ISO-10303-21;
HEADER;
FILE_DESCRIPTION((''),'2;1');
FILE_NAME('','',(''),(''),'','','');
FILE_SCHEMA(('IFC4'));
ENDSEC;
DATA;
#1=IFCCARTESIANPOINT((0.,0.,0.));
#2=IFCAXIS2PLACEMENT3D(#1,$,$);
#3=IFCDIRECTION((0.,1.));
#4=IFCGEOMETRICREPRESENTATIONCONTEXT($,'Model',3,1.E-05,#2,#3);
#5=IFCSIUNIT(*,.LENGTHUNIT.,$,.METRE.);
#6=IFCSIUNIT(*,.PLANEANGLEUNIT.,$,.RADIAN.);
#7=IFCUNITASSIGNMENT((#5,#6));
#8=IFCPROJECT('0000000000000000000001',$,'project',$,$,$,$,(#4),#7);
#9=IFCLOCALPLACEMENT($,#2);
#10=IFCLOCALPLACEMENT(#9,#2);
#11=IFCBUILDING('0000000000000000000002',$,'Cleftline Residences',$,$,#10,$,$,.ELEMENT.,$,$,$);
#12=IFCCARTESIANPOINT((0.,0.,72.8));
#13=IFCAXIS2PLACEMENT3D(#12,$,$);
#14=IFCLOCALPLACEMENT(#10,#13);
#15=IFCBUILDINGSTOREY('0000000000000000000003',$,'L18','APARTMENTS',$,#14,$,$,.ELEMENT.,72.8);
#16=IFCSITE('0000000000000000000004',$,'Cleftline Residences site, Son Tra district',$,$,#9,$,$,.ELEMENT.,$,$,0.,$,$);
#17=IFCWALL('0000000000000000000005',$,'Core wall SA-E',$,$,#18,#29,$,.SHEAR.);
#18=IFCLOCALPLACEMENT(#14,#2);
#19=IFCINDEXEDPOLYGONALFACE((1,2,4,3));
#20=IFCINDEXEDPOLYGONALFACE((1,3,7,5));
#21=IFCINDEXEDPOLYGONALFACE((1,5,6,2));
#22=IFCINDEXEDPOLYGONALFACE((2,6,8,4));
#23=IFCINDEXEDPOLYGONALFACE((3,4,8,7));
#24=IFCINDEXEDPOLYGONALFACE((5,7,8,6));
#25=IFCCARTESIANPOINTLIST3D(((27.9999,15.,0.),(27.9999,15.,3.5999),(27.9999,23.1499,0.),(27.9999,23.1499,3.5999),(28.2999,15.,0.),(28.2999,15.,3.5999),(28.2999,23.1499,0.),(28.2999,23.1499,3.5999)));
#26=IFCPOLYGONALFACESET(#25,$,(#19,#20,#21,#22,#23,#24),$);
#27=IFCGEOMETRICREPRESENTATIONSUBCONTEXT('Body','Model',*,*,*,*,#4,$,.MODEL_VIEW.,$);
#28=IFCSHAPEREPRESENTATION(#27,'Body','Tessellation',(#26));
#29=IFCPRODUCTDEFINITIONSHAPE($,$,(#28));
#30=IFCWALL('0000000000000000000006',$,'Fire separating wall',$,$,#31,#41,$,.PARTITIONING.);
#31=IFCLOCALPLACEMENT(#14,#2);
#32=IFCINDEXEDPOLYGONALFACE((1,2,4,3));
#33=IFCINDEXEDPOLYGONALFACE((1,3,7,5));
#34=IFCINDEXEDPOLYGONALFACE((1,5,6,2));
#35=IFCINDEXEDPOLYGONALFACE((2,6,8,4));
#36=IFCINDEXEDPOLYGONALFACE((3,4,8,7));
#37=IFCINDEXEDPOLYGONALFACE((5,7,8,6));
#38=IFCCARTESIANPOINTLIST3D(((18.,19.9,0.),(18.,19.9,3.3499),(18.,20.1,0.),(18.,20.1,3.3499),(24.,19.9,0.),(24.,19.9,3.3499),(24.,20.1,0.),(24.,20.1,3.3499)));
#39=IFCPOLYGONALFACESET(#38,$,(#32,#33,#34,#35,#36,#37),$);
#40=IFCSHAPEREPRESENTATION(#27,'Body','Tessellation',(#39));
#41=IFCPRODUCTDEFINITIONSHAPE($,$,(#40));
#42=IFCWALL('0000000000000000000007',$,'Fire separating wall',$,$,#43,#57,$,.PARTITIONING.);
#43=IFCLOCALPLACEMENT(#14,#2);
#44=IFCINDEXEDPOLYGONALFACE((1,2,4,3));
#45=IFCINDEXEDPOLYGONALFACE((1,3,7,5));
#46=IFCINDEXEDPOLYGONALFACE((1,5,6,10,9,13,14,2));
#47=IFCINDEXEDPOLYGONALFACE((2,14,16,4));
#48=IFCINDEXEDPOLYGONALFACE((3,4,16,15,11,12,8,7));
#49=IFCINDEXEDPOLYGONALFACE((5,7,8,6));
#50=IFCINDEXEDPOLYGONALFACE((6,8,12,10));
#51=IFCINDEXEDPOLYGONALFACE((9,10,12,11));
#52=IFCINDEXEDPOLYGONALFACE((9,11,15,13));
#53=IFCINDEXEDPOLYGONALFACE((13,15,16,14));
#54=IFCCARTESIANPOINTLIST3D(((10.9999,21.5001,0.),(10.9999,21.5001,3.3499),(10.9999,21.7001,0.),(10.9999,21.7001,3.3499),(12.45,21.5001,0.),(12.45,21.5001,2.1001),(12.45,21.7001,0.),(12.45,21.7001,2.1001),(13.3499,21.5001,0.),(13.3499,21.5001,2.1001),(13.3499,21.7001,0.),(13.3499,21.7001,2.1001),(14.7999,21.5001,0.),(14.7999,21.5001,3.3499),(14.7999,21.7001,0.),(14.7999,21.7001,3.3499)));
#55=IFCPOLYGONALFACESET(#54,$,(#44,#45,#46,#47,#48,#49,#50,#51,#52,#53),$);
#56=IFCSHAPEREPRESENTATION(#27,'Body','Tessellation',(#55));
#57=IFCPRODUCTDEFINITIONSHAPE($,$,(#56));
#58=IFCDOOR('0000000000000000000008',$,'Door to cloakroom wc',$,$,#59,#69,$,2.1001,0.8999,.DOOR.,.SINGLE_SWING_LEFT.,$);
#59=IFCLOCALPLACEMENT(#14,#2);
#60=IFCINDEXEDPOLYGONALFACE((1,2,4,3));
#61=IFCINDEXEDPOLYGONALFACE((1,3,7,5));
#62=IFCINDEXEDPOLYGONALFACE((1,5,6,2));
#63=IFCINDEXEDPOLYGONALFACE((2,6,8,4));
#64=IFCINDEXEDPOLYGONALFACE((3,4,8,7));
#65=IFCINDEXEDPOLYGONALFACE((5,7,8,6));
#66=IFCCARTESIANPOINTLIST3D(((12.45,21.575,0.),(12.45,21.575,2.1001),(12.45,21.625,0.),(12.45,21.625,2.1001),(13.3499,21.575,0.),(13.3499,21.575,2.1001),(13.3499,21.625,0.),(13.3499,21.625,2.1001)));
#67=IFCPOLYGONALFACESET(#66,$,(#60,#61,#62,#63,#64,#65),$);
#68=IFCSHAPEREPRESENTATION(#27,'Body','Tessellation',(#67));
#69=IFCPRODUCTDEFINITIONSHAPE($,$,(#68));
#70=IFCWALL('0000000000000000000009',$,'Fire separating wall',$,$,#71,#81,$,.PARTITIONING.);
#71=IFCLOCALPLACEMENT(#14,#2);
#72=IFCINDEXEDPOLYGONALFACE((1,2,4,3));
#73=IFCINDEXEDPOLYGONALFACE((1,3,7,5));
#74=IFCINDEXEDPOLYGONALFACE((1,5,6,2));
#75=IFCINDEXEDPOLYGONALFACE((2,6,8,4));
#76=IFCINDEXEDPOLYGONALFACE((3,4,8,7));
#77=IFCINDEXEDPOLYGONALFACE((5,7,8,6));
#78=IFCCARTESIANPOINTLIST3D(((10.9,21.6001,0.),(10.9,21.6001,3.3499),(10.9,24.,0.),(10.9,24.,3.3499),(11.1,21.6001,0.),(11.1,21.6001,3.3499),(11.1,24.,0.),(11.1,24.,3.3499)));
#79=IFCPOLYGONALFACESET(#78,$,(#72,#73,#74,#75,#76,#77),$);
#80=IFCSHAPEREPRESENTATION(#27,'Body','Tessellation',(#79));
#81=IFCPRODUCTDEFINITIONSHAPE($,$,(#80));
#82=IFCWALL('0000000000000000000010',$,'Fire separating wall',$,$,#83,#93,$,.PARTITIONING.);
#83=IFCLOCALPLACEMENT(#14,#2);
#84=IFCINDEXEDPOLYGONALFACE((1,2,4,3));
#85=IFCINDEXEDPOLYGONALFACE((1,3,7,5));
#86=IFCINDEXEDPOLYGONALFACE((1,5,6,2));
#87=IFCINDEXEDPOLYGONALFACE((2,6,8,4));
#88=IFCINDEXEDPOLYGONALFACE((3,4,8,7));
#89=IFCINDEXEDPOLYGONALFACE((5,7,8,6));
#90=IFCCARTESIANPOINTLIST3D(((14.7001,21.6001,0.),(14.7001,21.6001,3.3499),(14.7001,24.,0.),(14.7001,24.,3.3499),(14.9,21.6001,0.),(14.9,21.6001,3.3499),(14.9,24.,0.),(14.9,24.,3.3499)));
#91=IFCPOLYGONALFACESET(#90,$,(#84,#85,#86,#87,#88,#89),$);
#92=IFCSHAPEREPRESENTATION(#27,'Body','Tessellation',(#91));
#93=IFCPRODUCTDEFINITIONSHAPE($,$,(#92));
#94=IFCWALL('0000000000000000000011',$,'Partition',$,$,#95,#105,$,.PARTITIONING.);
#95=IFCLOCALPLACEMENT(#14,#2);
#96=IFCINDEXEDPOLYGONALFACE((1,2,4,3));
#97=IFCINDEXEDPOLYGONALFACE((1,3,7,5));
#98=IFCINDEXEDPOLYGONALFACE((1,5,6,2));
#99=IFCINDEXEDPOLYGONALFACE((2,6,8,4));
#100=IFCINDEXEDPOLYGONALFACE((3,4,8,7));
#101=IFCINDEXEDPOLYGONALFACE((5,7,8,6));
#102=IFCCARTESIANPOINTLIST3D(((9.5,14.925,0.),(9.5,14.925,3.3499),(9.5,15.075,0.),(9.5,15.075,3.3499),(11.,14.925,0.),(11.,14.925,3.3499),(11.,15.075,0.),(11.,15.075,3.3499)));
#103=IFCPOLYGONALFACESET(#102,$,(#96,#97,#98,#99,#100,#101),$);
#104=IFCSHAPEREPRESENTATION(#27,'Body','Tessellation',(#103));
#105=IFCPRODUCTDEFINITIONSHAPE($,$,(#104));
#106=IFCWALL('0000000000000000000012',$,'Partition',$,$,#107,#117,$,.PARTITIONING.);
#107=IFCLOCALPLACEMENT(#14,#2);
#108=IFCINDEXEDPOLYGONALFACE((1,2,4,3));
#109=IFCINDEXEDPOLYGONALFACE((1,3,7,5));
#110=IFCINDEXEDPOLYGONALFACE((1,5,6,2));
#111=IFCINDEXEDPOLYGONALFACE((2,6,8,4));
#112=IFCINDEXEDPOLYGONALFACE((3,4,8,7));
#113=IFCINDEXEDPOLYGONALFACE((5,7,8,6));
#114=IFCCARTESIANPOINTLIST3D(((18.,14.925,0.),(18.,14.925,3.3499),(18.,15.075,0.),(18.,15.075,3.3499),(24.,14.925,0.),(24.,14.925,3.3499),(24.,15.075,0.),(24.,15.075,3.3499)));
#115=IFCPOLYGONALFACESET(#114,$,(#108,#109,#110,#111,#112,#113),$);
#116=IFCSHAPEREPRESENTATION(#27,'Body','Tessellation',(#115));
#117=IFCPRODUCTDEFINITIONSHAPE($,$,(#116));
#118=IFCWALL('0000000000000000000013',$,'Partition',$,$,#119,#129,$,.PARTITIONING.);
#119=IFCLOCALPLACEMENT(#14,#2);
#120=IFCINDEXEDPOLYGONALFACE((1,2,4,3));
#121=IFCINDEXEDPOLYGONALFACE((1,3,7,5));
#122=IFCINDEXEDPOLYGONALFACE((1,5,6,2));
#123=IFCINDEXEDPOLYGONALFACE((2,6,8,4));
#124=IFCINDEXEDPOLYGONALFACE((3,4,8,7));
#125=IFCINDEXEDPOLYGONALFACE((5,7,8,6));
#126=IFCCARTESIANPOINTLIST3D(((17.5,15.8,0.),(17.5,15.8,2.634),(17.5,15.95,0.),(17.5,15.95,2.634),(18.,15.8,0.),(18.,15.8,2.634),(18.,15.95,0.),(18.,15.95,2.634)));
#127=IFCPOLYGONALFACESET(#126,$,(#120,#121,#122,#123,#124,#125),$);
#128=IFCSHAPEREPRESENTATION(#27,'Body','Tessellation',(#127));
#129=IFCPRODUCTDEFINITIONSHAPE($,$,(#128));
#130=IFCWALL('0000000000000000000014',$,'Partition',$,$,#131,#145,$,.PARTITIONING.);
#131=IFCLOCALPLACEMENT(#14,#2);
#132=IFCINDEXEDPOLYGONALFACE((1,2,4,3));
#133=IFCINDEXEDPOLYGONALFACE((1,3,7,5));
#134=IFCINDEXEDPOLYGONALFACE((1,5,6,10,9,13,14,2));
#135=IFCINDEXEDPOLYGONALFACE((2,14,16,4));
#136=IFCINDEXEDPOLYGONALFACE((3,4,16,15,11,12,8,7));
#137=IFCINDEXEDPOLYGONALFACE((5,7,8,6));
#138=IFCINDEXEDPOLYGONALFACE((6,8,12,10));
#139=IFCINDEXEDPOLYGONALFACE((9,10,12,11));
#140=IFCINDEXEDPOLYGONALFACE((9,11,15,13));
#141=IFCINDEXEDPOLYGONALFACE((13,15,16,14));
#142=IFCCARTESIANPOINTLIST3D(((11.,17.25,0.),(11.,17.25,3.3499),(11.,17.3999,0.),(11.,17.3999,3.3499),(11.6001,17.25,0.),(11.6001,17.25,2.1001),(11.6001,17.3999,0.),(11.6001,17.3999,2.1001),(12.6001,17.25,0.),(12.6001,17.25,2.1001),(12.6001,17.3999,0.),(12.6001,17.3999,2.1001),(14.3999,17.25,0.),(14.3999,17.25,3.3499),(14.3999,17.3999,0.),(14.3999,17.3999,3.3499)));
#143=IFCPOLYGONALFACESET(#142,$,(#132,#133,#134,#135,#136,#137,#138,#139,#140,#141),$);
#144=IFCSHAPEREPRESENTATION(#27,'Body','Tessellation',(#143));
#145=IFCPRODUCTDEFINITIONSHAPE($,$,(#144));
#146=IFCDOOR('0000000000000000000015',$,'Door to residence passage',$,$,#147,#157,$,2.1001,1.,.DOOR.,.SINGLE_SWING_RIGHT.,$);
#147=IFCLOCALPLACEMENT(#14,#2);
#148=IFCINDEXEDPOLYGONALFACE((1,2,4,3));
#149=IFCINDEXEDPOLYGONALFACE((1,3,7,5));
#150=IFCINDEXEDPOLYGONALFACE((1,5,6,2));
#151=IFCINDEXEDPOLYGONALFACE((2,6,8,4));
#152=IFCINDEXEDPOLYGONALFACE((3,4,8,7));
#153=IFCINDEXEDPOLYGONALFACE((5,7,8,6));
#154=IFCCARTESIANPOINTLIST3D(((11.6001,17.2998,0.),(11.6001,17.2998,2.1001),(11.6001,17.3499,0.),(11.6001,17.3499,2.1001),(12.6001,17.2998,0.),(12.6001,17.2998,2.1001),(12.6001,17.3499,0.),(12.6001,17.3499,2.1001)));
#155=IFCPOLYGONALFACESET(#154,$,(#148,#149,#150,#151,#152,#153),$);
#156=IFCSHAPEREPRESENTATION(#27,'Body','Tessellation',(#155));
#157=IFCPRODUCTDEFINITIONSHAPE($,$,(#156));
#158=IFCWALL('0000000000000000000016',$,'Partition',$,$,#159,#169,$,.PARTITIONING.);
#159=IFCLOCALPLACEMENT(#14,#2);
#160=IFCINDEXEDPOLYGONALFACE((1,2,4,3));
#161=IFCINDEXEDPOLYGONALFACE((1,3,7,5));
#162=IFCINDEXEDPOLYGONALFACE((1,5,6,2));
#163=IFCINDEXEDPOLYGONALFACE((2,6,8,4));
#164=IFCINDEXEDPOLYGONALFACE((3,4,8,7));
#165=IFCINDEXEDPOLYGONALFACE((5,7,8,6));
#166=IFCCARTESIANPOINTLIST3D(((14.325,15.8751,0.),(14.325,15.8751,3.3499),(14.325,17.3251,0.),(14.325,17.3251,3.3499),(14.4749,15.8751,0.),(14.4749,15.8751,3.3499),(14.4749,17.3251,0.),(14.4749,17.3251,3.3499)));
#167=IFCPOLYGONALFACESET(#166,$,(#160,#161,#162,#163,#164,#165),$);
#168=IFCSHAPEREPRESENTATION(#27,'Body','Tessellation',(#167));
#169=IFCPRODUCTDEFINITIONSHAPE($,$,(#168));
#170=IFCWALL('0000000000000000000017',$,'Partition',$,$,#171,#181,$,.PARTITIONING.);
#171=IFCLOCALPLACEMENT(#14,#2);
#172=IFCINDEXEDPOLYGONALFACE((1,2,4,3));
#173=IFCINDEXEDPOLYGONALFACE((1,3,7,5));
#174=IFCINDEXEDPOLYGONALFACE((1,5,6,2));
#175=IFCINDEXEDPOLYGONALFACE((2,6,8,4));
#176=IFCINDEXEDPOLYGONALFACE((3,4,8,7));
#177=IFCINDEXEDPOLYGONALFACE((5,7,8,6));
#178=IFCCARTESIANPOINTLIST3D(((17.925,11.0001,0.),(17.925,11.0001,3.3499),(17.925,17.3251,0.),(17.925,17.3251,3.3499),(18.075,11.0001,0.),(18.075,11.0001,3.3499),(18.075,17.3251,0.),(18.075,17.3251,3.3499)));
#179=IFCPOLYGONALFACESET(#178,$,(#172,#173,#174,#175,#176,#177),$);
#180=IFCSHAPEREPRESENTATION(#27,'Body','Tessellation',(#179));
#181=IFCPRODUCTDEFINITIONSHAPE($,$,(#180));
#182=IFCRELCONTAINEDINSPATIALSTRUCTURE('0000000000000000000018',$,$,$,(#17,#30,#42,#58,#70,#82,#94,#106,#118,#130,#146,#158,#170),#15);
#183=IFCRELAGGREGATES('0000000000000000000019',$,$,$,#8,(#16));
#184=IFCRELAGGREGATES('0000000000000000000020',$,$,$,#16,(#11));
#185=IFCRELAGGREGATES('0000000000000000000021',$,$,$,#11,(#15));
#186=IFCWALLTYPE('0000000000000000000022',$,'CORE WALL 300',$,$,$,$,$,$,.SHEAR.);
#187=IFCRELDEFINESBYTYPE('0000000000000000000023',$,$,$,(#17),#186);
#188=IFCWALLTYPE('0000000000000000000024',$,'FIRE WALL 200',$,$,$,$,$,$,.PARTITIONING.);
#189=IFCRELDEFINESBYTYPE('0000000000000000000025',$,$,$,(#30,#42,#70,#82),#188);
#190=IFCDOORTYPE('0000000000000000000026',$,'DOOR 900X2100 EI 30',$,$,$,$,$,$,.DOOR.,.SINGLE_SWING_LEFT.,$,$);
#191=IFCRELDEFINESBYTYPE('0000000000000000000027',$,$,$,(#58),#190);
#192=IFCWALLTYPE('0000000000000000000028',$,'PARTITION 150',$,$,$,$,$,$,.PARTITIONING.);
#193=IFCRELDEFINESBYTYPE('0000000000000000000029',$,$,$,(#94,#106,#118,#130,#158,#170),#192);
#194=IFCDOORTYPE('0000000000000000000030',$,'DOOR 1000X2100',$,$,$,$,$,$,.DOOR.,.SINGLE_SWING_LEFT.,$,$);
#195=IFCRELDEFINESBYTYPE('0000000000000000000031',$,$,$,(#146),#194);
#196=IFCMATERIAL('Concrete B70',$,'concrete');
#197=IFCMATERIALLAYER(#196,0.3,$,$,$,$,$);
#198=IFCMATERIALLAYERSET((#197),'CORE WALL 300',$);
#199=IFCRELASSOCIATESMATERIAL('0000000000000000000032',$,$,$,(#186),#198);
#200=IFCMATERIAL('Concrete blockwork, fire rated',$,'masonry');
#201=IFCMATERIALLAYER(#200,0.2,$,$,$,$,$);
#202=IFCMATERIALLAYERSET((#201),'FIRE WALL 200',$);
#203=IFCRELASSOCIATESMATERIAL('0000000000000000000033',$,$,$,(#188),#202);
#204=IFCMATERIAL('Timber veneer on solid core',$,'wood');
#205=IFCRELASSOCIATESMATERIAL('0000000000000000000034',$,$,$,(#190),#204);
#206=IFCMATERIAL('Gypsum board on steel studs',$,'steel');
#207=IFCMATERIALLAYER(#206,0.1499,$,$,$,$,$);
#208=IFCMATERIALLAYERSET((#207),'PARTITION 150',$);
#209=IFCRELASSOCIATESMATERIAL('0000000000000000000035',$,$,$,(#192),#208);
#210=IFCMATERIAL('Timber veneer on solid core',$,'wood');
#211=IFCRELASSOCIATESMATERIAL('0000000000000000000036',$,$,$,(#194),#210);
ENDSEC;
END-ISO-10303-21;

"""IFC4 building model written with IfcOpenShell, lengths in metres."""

from ifc_helpers import new_model, si_unit, direction, frame, frame_2d, origin, place, context, subcontext, project, spatial, rectangle, extrude, material, layer, layer_set, type_object, element, fill, save


model = new_model("IFC4")

# Units and contexts
model_context = context("Model", 3, precision=1e-05, world=origin(), true_north=direction((0.0, 1.0)))
body_context = subcontext(model_context, "Body", "Model", "MODEL_VIEW")
ifc_project = project(units=[si_unit("LENGTHUNIT", "METRE"), si_unit("PLANEANGLEUNIT", "RADIAN")], contexts=[model_context])

# Site, building, storey
site_placement = place(None, origin())
site = spatial("IfcSite", under=ifc_project, at=site_placement, Name="Cleftline Residences site, Son Tra district", CompositionType="ELEMENT", RefElevation=0.0)
building_placement = place(site_placement, origin())
building = spatial("IfcBuilding", under=site, at=building_placement, Name="Cleftline Residences", CompositionType="ELEMENT")
storey_placement = place(building_placement, frame((0.0, 0.0, 72.8)))
storey = spatial("IfcBuildingStorey", under=building, at=storey_placement, Name="L18", Description="APARTMENTS", CompositionType="ELEMENT", Elevation=72.8)

# Walls
ifc_material_1 = material(Name="Concrete B70", Category="concrete")
ifc_layer_1 = layer(ifc_material_1, 0.3)
ifc_layer_set_1 = layer_set([ifc_layer_1], Name="CORE WALL 300")
wall_type_1 = type_object("IfcWallType", Name="CORE WALL 300", PredefinedType="SHEAR", material=ifc_layer_set_1)
wall_1_placement = place(storey_placement, frame((28.1499, 15.0, 0.0), z_axis=(0.0, 0.0, 1.0), x_axis=(0.0, 1.0, 0.0)))
element("IfcWall", 1, at=wall_1_placement, inside=storey, type_object=wall_type_1, Name="Core wall SA-E", PredefinedType="SHEAR", context=body_context, shape_type="SweptSolid", body=[
    extrude(rectangle(XDim=8.1499, YDim=0.3, at=frame_2d((4.075, 0.0))), origin(), (0.0, 0.0, 1.0), 3.5999),
])
ifc_material_2 = material(Name="Concrete blockwork, fire rated", Category="masonry")
ifc_layer_2 = layer(ifc_material_2, 0.2)
ifc_layer_set_2 = layer_set([ifc_layer_2], Name="FIRE WALL 200")
wall_type_2 = type_object("IfcWallType", Name="FIRE WALL 200", PredefinedType="PARTITIONING", material=ifc_layer_set_2)
wall_2_placement = place(storey_placement, frame((18.0, 20.0, 0.0), z_axis=(0.0, 0.0, 1.0), x_axis=(1.0, 0.0, 0.0)))
element("IfcWall", 2, at=wall_2_placement, inside=storey, type_object=wall_type_2, Name="Fire separating wall", PredefinedType="PARTITIONING", context=body_context, shape_type="SweptSolid", body=[
    extrude(rectangle(XDim=6.0, YDim=0.2, at=frame_2d((3.0, 0.0))), origin(), (0.0, 0.0, 1.0), 3.3499),
])

# Wall, opening, door
wall_3_placement = place(storey_placement, frame((11.0, 21.6001, 0.0), z_axis=(0.0, 0.0, 1.0), x_axis=(1.0, 0.0, 0.0)))
wall_3 = element("IfcWall", 3, at=wall_3_placement, inside=storey, type_object=wall_type_2, Name="Fire separating wall", PredefinedType="PARTITIONING", context=body_context, shape_type="SweptSolid", body=[
    extrude(rectangle(XDim=3.8, YDim=0.2, at=frame_2d((1.8999, 0.0))), origin(), (0.0, 0.0, 1.0), 3.3499),
])
opening_1_placement = place(wall_3_placement, frame((1.45, 0.0, 0.0)))
opening_1 = element("IfcOpeningElement", 4, at=opening_1_placement, cuts=wall_3, PredefinedType="OPENING", context=body_context, shape_type="SweptSolid", body=[
    extrude(rectangle(XDim=0.8999, YDim=2.1001, at=frame_2d((0.45, 1.05))), frame((0.0, 0.1099, 0.0), z_axis=(0.0, -1.0, 0.0), x_axis=(1.0, 0.0, 0.0)), (0.0, 0.0, 1.0), 0.22),
])
ifc_material_3 = material(Name="Timber veneer on solid core", Category="wood")
door_type_1 = type_object("IfcDoorType", Name="DOOR 900X2100 EI 30", OperationType="SINGLE_SWING_LEFT", PredefinedType="DOOR", material=ifc_material_3)
door_1_placement = place(opening_1_placement, origin())
door_1 = element("IfcDoor", 5, at=door_1_placement, inside=storey, type_object=door_type_1, Name="Door to cloakroom wc", OperationType="SINGLE_SWING_LEFT", OverallHeight=2.1001, OverallWidth=0.8999, PredefinedType="DOOR", context=body_context, shape_type="SweptSolid", body=[
    extrude(rectangle(XDim=0.8999, YDim=2.1001, at=frame_2d((0.45, 1.05))), frame((0.0, 0.0249, 0.0), z_axis=(0.0, -1.0, 0.0), x_axis=(1.0, 0.0, 0.0)), (0.0, 0.0, 1.0), 0.05),
])
fill(opening_1, door_1)

# Walls
for number, where, z_axis, x_axis, name in (
    (6, (11.0, 21.6001, 0.0), (0.0, 0.0, 1.0), (0.0, 1.0, 0.0), "Fire separating wall"),
    (7, (14.8, 21.6001, 0.0), (0.0, 0.0, 1.0), (0.0, 1.0, 0.0), "Fire separating wall"),
):
    element("IfcWall", number, at=place(storey_placement, frame(where, z_axis=z_axis, x_axis=x_axis)), inside=storey, type_object=wall_type_2, Name=name, PredefinedType="PARTITIONING", context=body_context, shape_type="SweptSolid", body=[
        extrude(rectangle(XDim=2.3999, YDim=0.2, at=frame_2d((1.2, 0.0))), origin(), (0.0, 0.0, 1.0), 3.3499),
    ])

# Walls
ifc_material_4 = material(Name="Gypsum board on steel studs", Category="steel")
ifc_layer_3 = layer(ifc_material_4, 0.1499)
ifc_layer_set_3 = layer_set([ifc_layer_3], Name="PARTITION 150")
wall_type_3 = type_object("IfcWallType", Name="PARTITION 150", PredefinedType="PARTITIONING", material=ifc_layer_set_3)
wall_4_placement = place(storey_placement, frame((9.5, 15.0, 0.0), z_axis=(0.0, 0.0, 1.0), x_axis=(1.0, 0.0, 0.0)))
element("IfcWall", 8, at=wall_4_placement, inside=storey, type_object=wall_type_3, Name="Partition", PredefinedType="PARTITIONING", context=body_context, shape_type="SweptSolid", body=[
    extrude(rectangle(XDim=1.5, YDim=0.1499, at=frame_2d((0.75, 0.0))), origin(), (0.0, 0.0, 1.0), 3.3499),
])
wall_5_placement = place(storey_placement, frame((18.0, 15.0, 0.0), z_axis=(0.0, 0.0, 1.0), x_axis=(1.0, 0.0, 0.0)))
element("IfcWall", 9, at=wall_5_placement, inside=storey, type_object=wall_type_3, Name="Partition", PredefinedType="PARTITIONING", context=body_context, shape_type="SweptSolid", body=[
    extrude(rectangle(XDim=6.0, YDim=0.1499, at=frame_2d((3.0, 0.0))), origin(), (0.0, 0.0, 1.0), 3.3499),
])
wall_6_placement = place(storey_placement, frame((17.5, 15.875, 0.0), z_axis=(0.0, 0.0, 1.0), x_axis=(1.0, 0.0, 0.0)))
element("IfcWall", 10, at=wall_6_placement, inside=storey, type_object=wall_type_3, Name="Partition", PredefinedType="PARTITIONING", context=body_context, shape_type="SweptSolid", body=[
    extrude(rectangle(XDim=0.5, YDim=0.1499, at=frame_2d((0.25, 0.0))), origin(), (0.0, 0.0, 1.0), 2.634),
])

# Wall, opening, door
wall_7_placement = place(storey_placement, frame((11.0, 17.325, 0.0), z_axis=(0.0, 0.0, 1.0), x_axis=(1.0, 0.0, 0.0)))
wall_7 = element("IfcWall", 11, at=wall_7_placement, inside=storey, type_object=wall_type_3, Name="Partition", PredefinedType="PARTITIONING", context=body_context, shape_type="SweptSolid", body=[
    extrude(rectangle(XDim=3.3999, YDim=0.1499, at=frame_2d((1.7, 0.0))), origin(), (0.0, 0.0, 1.0), 3.3499),
])
opening_2_placement = place(wall_7_placement, frame((0.6001, 0.0, 0.0)))
opening_2 = element("IfcOpeningElement", 12, at=opening_2_placement, cuts=wall_7, PredefinedType="OPENING", context=body_context, shape_type="SweptSolid", body=[
    extrude(rectangle(XDim=1.0, YDim=2.1001, at=frame_2d((0.5, 1.05))), frame((0.0, 0.085, 0.0), z_axis=(0.0, -1.0, 0.0), x_axis=(1.0, 0.0, 0.0)), (0.0, 0.0, 1.0), 0.1699),
])
ifc_material_5 = material(Name="Timber veneer on solid core", Category="wood")
door_type_2 = type_object("IfcDoorType", Name="DOOR 1000X2100", OperationType="SINGLE_SWING_LEFT", PredefinedType="DOOR", material=ifc_material_5)
door_2_placement = place(opening_2_placement, origin())
door_2 = element("IfcDoor", 13, at=door_2_placement, inside=storey, type_object=door_type_2, Name="Door to residence passage", OperationType="SINGLE_SWING_RIGHT", OverallHeight=2.1001, OverallWidth=1.0, PredefinedType="DOOR", context=body_context, shape_type="SweptSolid", body=[
    extrude(rectangle(XDim=1.0, YDim=2.1001, at=frame_2d((0.5, 1.05))), frame((0.0, 0.0249, 0.0), z_axis=(0.0, -1.0, 0.0), x_axis=(1.0, 0.0, 0.0)), (0.0, 0.0, 1.0), 0.05),
])
fill(opening_2, door_2)

# Walls
wall_8_placement = place(storey_placement, frame((14.3999, 15.875, 0.0), z_axis=(0.0, 0.0, 1.0), x_axis=(0.0, 1.0, 0.0)))
element("IfcWall", 14, at=wall_8_placement, inside=storey, type_object=wall_type_3, Name="Partition", PredefinedType="PARTITIONING", context=body_context, shape_type="SweptSolid", body=[
    extrude(rectangle(XDim=1.45, YDim=0.1499, at=frame_2d((0.7251, 0.0))), origin(), (0.0, 0.0, 1.0), 3.3499),
])
wall_9_placement = place(storey_placement, frame((18.0, 11.0, 0.0), z_axis=(0.0, 0.0, 1.0), x_axis=(0.0, 1.0, 0.0)))
element("IfcWall", 15, at=wall_9_placement, inside=storey, type_object=wall_type_3, Name="Partition", PredefinedType="PARTITIONING", context=body_context, shape_type="SweptSolid", body=[
    extrude(rectangle(XDim=6.325, YDim=0.1499, at=frame_2d((3.1626, 0.0))), origin(), (0.0, 0.0, 1.0), 3.3499),
])

save(model, "model.ifc")
